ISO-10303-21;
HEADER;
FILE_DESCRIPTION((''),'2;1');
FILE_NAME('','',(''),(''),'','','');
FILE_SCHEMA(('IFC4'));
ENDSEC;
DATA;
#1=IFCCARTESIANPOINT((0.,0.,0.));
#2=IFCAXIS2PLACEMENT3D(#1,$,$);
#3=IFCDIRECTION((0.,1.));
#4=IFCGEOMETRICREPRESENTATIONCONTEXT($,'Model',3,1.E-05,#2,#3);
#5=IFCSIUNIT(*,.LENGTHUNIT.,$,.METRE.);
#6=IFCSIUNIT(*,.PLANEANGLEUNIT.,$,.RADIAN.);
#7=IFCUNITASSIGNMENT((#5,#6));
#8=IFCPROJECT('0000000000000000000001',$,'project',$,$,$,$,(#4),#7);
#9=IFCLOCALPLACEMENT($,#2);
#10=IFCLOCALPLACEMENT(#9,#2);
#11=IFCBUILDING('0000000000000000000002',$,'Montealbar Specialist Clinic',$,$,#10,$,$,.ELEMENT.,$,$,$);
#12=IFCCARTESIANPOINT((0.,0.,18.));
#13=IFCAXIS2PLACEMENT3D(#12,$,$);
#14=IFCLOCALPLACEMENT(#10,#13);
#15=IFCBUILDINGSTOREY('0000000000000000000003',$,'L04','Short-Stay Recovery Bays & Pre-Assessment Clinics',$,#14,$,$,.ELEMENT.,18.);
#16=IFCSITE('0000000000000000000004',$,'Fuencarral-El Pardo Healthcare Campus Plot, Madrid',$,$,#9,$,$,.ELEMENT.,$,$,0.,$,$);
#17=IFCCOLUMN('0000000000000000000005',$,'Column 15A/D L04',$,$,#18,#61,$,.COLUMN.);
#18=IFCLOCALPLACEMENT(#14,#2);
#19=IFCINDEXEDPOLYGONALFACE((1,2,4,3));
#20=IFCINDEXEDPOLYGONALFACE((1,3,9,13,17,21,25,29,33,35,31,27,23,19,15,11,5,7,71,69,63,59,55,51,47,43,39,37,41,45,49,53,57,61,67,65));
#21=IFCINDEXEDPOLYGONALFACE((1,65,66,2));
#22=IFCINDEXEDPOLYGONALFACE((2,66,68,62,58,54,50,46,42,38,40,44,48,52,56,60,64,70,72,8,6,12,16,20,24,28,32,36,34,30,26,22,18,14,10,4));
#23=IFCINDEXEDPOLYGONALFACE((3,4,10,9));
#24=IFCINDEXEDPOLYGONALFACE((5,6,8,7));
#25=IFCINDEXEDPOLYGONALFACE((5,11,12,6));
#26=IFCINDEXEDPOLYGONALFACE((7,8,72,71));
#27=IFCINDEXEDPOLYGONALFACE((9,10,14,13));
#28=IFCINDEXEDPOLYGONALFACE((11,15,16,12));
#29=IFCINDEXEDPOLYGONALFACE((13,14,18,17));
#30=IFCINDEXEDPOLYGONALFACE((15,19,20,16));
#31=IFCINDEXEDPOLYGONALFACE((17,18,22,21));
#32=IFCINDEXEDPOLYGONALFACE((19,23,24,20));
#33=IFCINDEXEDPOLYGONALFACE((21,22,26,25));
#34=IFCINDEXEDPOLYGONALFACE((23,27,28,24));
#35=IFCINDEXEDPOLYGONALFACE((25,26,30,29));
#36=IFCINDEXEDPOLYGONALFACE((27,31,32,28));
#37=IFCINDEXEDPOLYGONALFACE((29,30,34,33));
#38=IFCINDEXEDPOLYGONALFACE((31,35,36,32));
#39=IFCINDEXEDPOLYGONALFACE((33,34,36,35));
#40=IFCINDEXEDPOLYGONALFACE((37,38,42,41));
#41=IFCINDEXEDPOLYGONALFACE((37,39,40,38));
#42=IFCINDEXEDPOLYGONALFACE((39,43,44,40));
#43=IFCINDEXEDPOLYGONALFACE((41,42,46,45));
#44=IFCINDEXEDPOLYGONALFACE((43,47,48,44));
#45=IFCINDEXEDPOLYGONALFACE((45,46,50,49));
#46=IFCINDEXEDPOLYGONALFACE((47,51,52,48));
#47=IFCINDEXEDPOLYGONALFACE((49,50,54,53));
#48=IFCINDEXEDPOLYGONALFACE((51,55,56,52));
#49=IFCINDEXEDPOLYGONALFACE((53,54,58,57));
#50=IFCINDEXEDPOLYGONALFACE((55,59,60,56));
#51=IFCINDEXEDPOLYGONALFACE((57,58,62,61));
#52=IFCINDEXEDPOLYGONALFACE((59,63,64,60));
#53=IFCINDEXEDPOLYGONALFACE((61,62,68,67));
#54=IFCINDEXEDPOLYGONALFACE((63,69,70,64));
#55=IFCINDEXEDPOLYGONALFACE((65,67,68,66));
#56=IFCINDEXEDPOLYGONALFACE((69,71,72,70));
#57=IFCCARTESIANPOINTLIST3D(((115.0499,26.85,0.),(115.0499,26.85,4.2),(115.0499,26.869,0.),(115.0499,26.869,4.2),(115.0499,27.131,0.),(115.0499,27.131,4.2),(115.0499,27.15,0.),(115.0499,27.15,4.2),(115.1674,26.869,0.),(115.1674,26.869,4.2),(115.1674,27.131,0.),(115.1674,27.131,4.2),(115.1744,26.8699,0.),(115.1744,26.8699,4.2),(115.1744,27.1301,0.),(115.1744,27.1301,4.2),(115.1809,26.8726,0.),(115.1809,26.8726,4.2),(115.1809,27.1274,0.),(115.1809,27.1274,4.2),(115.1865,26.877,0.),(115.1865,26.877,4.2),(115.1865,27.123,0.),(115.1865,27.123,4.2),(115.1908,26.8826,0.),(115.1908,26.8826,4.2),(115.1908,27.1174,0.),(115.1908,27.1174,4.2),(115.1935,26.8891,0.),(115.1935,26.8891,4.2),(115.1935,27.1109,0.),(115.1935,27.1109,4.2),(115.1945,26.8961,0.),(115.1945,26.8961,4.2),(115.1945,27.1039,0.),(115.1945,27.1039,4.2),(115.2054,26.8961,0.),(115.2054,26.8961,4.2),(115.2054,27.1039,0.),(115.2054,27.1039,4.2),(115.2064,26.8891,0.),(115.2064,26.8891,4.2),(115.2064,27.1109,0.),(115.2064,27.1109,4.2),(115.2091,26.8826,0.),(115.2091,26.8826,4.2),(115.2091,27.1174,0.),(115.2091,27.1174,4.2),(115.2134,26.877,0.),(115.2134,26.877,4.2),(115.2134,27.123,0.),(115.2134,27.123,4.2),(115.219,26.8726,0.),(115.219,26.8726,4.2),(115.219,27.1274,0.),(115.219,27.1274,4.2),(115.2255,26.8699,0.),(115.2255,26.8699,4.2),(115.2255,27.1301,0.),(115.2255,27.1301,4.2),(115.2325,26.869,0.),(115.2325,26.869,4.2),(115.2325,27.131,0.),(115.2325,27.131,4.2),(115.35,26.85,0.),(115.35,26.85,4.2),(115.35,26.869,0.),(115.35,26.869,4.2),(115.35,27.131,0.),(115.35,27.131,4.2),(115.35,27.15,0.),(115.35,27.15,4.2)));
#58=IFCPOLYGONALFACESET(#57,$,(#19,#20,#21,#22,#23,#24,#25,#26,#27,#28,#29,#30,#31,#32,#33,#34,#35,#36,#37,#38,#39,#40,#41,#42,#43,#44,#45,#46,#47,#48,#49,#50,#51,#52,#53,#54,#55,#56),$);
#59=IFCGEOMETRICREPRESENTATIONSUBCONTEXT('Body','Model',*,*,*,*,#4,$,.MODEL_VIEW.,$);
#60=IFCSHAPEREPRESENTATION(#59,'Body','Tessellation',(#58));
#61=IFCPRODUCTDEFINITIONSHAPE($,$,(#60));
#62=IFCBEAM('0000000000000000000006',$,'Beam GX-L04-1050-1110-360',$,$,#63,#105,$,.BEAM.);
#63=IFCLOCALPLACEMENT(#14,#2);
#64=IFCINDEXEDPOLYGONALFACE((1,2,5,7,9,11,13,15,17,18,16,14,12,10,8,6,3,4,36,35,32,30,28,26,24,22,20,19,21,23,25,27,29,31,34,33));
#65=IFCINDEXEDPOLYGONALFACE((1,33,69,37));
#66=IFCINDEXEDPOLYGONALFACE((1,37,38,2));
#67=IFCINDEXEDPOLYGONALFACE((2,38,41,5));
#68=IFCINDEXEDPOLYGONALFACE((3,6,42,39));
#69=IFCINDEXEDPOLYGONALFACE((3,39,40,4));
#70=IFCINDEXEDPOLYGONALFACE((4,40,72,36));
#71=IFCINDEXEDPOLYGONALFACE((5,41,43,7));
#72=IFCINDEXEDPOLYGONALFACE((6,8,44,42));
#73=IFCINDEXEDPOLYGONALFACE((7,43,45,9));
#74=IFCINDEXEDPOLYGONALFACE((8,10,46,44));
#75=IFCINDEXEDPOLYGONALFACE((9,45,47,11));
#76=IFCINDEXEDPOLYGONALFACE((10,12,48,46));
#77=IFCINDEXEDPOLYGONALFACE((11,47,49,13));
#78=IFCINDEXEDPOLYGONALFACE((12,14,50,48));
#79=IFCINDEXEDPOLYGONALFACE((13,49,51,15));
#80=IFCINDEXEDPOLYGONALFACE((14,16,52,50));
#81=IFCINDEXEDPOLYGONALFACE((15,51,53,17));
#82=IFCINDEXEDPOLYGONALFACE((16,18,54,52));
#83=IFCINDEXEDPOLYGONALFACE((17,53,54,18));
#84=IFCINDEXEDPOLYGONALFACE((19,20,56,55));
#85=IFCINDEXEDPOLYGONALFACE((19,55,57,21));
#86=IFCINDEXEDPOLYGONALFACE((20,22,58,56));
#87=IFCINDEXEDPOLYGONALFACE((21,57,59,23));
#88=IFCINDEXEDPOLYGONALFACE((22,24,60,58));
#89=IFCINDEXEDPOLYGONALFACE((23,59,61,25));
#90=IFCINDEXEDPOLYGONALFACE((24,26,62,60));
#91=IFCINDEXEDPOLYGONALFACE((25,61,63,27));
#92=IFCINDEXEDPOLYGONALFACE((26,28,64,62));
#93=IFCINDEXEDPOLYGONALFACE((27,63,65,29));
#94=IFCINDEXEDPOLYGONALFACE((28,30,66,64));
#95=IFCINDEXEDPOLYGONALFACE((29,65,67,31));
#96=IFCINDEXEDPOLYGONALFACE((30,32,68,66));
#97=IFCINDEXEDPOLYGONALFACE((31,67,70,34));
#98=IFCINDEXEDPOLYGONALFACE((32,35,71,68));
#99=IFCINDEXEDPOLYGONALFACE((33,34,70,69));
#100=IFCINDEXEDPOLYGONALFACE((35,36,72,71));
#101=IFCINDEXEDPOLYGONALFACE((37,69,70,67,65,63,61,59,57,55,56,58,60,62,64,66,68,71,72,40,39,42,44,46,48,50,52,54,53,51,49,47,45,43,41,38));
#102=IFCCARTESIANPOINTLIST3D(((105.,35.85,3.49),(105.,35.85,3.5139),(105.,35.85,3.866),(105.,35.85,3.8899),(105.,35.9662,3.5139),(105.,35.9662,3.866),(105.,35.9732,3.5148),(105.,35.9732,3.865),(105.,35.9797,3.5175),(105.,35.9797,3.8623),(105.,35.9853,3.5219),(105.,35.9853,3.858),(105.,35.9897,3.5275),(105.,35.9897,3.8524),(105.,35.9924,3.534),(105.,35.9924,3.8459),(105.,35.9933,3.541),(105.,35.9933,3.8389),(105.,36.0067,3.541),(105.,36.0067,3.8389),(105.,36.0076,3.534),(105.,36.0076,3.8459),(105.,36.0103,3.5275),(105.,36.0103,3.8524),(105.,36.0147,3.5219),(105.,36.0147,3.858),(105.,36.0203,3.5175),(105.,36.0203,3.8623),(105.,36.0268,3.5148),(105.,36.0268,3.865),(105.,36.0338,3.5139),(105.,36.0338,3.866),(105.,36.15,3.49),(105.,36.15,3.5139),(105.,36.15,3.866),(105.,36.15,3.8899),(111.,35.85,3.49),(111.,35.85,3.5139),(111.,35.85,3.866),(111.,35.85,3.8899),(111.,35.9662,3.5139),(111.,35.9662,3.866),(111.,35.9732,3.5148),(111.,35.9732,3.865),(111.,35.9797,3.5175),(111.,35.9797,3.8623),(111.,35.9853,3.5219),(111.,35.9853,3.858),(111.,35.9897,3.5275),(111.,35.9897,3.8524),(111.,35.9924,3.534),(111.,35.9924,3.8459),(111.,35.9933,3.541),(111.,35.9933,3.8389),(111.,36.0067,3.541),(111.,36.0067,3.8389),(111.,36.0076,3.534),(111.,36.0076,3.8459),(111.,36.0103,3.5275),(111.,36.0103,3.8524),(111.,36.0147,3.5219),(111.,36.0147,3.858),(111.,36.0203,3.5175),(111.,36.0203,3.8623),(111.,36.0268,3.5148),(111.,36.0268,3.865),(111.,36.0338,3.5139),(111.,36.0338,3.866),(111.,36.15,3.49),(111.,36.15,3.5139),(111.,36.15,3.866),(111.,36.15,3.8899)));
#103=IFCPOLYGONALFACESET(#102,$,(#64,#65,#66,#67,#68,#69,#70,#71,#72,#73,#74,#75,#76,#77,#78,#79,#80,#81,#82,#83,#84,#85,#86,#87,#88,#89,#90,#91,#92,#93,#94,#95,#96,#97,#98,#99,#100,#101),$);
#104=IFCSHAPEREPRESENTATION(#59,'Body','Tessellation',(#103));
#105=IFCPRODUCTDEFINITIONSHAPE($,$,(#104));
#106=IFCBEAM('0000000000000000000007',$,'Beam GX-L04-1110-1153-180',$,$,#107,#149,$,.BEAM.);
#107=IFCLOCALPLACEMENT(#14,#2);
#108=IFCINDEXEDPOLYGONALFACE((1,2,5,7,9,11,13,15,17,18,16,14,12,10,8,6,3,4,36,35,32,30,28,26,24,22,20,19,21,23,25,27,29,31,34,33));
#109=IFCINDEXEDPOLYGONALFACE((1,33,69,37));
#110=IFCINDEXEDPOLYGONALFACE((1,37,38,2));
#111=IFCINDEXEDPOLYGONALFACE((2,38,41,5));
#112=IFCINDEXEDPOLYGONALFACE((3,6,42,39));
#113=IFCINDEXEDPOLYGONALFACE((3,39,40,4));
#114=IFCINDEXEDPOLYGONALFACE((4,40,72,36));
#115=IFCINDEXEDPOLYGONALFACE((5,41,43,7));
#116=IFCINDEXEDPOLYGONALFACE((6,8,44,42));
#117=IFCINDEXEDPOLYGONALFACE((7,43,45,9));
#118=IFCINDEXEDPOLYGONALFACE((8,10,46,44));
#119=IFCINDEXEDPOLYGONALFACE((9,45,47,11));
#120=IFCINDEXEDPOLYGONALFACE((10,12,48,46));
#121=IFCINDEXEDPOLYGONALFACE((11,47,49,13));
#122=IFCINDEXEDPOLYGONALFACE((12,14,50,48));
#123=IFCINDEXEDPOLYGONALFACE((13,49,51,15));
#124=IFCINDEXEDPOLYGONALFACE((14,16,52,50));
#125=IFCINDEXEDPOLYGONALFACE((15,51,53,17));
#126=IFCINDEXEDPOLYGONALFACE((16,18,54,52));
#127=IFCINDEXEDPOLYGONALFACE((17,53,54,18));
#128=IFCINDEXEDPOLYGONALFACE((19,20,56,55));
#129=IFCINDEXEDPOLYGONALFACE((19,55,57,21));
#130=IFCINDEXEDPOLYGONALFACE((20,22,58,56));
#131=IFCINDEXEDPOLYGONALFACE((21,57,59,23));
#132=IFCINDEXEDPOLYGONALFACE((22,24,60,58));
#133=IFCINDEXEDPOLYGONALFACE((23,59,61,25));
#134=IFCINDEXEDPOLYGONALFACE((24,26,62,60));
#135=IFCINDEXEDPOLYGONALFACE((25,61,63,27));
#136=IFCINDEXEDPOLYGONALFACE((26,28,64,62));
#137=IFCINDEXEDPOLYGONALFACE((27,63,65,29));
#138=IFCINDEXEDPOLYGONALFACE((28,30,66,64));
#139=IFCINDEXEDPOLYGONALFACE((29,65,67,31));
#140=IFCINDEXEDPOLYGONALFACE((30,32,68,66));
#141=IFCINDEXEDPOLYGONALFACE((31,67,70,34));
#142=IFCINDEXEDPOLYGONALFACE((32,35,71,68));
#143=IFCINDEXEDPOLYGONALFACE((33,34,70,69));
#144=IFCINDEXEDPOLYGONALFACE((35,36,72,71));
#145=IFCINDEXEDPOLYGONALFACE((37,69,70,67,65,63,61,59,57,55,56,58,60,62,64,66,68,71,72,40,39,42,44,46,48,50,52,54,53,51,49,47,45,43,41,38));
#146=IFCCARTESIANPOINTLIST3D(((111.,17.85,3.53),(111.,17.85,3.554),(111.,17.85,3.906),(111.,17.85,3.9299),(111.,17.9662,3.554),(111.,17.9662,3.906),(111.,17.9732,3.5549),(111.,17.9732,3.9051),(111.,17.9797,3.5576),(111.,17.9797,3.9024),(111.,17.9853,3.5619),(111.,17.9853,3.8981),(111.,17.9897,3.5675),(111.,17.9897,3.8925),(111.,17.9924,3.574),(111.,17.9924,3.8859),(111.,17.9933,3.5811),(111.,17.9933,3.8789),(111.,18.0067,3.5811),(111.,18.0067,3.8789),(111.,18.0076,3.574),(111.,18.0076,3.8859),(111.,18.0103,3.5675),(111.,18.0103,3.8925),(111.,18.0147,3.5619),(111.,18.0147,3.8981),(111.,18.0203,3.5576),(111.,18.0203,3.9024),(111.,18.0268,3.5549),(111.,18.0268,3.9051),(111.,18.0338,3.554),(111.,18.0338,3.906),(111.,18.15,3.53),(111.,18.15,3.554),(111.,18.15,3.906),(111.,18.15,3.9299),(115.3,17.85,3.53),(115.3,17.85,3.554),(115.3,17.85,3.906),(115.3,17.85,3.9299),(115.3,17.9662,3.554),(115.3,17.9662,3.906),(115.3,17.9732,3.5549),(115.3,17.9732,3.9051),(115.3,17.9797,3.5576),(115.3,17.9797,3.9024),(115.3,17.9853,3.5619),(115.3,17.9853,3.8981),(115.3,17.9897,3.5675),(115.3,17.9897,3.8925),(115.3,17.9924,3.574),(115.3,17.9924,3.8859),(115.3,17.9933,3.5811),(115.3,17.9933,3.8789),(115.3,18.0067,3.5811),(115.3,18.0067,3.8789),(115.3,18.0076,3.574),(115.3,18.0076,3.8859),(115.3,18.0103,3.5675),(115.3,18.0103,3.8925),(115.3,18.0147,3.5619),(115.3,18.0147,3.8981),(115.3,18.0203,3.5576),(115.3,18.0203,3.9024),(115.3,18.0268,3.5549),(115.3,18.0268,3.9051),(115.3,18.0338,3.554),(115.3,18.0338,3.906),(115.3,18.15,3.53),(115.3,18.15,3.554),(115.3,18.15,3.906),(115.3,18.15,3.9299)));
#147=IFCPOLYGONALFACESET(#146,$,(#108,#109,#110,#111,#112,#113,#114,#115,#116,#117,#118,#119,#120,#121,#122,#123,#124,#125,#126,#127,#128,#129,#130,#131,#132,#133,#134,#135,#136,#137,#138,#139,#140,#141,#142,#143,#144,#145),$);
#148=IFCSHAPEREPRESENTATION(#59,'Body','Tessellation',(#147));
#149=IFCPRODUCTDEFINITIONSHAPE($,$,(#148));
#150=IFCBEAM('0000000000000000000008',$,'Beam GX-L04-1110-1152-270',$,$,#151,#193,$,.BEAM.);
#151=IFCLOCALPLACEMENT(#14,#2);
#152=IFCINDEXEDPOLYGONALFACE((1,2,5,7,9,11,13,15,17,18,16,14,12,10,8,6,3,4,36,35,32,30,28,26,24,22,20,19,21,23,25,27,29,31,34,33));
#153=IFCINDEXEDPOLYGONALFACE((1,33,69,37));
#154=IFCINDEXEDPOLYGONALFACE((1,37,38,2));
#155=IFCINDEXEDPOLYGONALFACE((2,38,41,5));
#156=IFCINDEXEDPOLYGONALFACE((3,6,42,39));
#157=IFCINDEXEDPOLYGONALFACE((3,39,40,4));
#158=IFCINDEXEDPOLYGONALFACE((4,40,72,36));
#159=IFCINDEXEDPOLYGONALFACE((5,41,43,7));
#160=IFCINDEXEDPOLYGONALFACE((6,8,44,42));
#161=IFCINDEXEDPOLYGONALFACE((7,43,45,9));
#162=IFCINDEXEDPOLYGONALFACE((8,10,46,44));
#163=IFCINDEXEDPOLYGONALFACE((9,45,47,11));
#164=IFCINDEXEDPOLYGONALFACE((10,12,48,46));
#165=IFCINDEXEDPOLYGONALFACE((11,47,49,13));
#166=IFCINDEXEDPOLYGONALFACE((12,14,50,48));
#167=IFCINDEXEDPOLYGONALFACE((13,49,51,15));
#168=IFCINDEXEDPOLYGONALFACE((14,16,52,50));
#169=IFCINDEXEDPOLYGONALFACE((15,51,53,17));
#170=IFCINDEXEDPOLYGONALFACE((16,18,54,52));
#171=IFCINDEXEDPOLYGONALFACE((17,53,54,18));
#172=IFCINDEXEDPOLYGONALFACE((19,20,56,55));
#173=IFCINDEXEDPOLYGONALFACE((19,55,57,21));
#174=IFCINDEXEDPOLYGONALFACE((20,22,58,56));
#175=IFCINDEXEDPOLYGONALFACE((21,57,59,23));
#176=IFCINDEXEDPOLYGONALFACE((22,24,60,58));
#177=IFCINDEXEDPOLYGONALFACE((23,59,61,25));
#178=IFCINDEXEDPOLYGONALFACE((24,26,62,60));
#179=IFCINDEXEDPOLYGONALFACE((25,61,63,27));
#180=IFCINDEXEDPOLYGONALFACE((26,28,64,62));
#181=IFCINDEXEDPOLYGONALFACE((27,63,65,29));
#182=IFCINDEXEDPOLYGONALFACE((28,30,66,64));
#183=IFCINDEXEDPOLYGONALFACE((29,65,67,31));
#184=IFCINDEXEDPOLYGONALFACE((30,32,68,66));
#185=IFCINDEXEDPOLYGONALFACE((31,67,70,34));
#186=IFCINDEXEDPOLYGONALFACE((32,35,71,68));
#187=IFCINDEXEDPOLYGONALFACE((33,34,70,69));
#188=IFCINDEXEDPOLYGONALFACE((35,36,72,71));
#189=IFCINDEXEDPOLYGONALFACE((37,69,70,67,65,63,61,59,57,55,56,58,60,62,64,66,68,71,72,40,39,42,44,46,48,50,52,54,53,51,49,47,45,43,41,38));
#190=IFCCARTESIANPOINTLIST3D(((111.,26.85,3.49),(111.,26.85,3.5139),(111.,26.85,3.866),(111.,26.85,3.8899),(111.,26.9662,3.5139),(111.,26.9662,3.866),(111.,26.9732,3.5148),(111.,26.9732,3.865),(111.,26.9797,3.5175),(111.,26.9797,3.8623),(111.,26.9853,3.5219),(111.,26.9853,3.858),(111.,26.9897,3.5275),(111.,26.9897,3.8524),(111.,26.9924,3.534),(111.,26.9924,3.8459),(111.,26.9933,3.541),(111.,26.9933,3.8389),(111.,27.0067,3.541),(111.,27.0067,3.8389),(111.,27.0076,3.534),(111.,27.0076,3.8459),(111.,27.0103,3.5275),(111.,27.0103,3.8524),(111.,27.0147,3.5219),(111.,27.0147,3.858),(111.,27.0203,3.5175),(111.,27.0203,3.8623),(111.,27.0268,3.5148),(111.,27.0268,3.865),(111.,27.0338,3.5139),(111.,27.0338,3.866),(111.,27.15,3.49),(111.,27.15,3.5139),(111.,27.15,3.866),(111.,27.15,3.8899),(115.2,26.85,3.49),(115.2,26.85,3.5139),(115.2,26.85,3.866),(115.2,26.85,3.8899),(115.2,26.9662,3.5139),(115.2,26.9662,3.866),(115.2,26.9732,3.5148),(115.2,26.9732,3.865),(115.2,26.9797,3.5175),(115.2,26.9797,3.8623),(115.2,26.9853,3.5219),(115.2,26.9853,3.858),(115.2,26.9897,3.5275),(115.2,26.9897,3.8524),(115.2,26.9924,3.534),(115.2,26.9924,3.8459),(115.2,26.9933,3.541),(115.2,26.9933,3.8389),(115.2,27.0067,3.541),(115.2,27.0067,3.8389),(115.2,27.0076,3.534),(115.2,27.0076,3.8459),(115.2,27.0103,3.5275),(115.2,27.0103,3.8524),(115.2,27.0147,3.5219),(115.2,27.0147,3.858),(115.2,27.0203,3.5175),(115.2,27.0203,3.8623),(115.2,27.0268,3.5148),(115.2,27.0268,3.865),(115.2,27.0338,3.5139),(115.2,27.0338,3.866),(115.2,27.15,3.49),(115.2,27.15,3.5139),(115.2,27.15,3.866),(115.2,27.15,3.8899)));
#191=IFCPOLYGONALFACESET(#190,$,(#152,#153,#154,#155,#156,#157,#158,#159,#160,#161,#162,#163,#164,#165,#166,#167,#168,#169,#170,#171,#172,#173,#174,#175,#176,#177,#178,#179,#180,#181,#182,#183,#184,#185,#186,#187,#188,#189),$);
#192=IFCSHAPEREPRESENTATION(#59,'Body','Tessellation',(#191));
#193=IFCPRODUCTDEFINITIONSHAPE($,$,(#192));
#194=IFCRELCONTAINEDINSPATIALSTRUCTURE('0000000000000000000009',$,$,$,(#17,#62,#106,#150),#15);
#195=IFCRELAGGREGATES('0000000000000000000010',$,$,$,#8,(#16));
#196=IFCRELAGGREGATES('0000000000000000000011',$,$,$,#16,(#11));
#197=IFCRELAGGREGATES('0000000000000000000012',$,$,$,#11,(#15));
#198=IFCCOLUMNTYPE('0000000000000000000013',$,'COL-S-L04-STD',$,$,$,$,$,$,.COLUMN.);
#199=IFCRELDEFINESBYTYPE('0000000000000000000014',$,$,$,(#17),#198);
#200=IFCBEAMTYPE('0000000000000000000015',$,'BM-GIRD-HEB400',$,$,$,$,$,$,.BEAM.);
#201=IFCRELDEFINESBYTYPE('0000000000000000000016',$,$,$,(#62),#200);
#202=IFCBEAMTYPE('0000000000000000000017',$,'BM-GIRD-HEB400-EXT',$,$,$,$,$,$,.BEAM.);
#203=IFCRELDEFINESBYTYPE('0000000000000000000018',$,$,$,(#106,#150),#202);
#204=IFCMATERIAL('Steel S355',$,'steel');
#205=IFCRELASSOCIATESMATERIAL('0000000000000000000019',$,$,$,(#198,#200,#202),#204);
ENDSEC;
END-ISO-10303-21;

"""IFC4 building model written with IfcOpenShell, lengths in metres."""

from ifc_helpers import new_model, si_unit, direction, frame, origin, origin_2d, place, context, subcontext, project, spatial, i_section, extrude, material, material_profile, profile_set, type_object, element, save


model = new_model("IFC4")

# Units and contexts
model_context = context("Model", 3, precision=1e-05, world=origin(), true_north=direction((0.0, 1.0)))
body_context = subcontext(model_context, "Body", "Model", "MODEL_VIEW")
ifc_project = project(units=[si_unit("LENGTHUNIT", "METRE"), si_unit("PLANEANGLEUNIT", "RADIAN")], contexts=[model_context])

# Site, building, storey
site_placement = place(None, origin())
site = spatial("IfcSite", under=ifc_project, at=site_placement, Name="Fuencarral-El Pardo Healthcare Campus Plot, Madrid", CompositionType="ELEMENT", RefElevation=0.0)
building_placement = place(site_placement, origin())
building = spatial("IfcBuilding", under=site, at=building_placement, Name="Montealbar Specialist Clinic", CompositionType="ELEMENT")
storey_placement = place(building_placement, frame((0.0, 0.0, 18.0)))
storey = spatial("IfcBuildingStorey", under=building, at=storey_placement, Name="L04", Description="Short-Stay Recovery Bays & Pre-Assessment Clinics", CompositionType="ELEMENT", Elevation=18.0)

# Column
ifc_material_1 = material(Name="Steel S355", Category="steel")
ifc_material_profile_1 = material_profile(ifc_material_1, i_section(OverallWidth=0.3, OverallDepth=0.3, WebThickness=0.011, FlangeThickness=0.019, FilletRadius=0.0271, at=origin_2d()), Name="HEB 300", Category="steel")
ifc_profile_set_1 = profile_set([ifc_material_profile_1], Name="Steel S355")
column_type_1 = type_object("IfcColumnType", Name="COL-S-L04-STD", PredefinedType="COLUMN", material=ifc_profile_set_1)
for number, where, z_axis, x_axis, name in (
    (1, (115.2, 27.0, 0.0), (0.0, 0.0, 1.0), (1.0, 0.0, 0.0), "Column 15A/D L04"),
):
    element("IfcColumn", number, at=place(storey_placement, frame(where, z_axis=z_axis, x_axis=x_axis)), inside=storey, type_object=column_type_1, Name=name, PredefinedType="COLUMN", context=body_context, shape_type="SweptSolid", body=[
        extrude(i_section(OverallWidth=0.3, OverallDepth=0.3, WebThickness=0.011, FlangeThickness=0.019, FilletRadius=0.0271, at=origin_2d()), origin(), (0.0, 0.0, 1.0), 4.2),
    ])

# Beams
ifc_material_profile_2 = material_profile(ifc_material_1, i_section(OverallWidth=0.3, OverallDepth=0.3999, WebThickness=0.0134, FlangeThickness=0.0239, FilletRadius=0.0271, at=origin_2d()), Name="HEB 400", Category="steel")
ifc_profile_set_2 = profile_set([ifc_material_profile_2], Name="Steel S355")
beam_type_1 = type_object("IfcBeamType", Name="BM-GIRD-HEB400", PredefinedType="BEAM", material=ifc_profile_set_2)
beam_1_placement = place(storey_placement, frame((105.0, 36.0, 3.6899), z_axis=(1.0, 0.0, 0.0), x_axis=(0.0, 1.0, 0.0)))
element("IfcBeam", 2, at=beam_1_placement, inside=storey, type_object=beam_type_1, Name="Beam GX-L04-1050-1110-360", PredefinedType="BEAM", context=body_context, shape_type="SweptSolid", body=[
    extrude(i_section(OverallWidth=0.3, OverallDepth=0.3999, WebThickness=0.0134, FlangeThickness=0.0239, FilletRadius=0.0271, at=origin_2d()), origin(), (0.0, 0.0, 1.0), 6.0),
])
ifc_material_profile_3 = material_profile(ifc_material_1, i_section(OverallWidth=0.3, OverallDepth=0.3999, WebThickness=0.0134, FlangeThickness=0.0239, FilletRadius=0.0271, at=origin_2d()), Name="HEB 400", Category="steel")
ifc_profile_set_3 = profile_set([ifc_material_profile_3], Name="Steel S355")
beam_type_2 = type_object("IfcBeamType", Name="BM-GIRD-HEB400-EXT", PredefinedType="BEAM", material=ifc_profile_set_3)
beam_2_placement = place(storey_placement, frame((111.0, 18.0, 3.73), z_axis=(1.0, 0.0, 0.0), x_axis=(0.0, 1.0, 0.0)))
element("IfcBeam", 3, at=beam_2_placement, inside=storey, type_object=beam_type_2, Name="Beam GX-L04-1110-1153-180", PredefinedType="BEAM", context=body_context, shape_type="SweptSolid", body=[
    extrude(i_section(OverallWidth=0.3, OverallDepth=0.3999, WebThickness=0.0134, FlangeThickness=0.0239, FilletRadius=0.0271, at=origin_2d()), origin(), (0.0, 0.0, 1.0), 4.3),
])
beam_3_placement = place(storey_placement, frame((111.0, 27.0, 3.6899), z_axis=(1.0, 0.0, 0.0), x_axis=(0.0, 1.0, 0.0)))
element("IfcBeam", 4, at=beam_3_placement, inside=storey, type_object=beam_type_2, Name="Beam GX-L04-1110-1152-270", PredefinedType="BEAM", context=body_context, shape_type="SweptSolid", body=[
    extrude(i_section(OverallWidth=0.3, OverallDepth=0.3999, WebThickness=0.0134, FlangeThickness=0.0239, FilletRadius=0.0271, at=origin_2d()), origin(), (0.0, 0.0, 1.0), 4.2),
])

save(model, "model.ifc")
